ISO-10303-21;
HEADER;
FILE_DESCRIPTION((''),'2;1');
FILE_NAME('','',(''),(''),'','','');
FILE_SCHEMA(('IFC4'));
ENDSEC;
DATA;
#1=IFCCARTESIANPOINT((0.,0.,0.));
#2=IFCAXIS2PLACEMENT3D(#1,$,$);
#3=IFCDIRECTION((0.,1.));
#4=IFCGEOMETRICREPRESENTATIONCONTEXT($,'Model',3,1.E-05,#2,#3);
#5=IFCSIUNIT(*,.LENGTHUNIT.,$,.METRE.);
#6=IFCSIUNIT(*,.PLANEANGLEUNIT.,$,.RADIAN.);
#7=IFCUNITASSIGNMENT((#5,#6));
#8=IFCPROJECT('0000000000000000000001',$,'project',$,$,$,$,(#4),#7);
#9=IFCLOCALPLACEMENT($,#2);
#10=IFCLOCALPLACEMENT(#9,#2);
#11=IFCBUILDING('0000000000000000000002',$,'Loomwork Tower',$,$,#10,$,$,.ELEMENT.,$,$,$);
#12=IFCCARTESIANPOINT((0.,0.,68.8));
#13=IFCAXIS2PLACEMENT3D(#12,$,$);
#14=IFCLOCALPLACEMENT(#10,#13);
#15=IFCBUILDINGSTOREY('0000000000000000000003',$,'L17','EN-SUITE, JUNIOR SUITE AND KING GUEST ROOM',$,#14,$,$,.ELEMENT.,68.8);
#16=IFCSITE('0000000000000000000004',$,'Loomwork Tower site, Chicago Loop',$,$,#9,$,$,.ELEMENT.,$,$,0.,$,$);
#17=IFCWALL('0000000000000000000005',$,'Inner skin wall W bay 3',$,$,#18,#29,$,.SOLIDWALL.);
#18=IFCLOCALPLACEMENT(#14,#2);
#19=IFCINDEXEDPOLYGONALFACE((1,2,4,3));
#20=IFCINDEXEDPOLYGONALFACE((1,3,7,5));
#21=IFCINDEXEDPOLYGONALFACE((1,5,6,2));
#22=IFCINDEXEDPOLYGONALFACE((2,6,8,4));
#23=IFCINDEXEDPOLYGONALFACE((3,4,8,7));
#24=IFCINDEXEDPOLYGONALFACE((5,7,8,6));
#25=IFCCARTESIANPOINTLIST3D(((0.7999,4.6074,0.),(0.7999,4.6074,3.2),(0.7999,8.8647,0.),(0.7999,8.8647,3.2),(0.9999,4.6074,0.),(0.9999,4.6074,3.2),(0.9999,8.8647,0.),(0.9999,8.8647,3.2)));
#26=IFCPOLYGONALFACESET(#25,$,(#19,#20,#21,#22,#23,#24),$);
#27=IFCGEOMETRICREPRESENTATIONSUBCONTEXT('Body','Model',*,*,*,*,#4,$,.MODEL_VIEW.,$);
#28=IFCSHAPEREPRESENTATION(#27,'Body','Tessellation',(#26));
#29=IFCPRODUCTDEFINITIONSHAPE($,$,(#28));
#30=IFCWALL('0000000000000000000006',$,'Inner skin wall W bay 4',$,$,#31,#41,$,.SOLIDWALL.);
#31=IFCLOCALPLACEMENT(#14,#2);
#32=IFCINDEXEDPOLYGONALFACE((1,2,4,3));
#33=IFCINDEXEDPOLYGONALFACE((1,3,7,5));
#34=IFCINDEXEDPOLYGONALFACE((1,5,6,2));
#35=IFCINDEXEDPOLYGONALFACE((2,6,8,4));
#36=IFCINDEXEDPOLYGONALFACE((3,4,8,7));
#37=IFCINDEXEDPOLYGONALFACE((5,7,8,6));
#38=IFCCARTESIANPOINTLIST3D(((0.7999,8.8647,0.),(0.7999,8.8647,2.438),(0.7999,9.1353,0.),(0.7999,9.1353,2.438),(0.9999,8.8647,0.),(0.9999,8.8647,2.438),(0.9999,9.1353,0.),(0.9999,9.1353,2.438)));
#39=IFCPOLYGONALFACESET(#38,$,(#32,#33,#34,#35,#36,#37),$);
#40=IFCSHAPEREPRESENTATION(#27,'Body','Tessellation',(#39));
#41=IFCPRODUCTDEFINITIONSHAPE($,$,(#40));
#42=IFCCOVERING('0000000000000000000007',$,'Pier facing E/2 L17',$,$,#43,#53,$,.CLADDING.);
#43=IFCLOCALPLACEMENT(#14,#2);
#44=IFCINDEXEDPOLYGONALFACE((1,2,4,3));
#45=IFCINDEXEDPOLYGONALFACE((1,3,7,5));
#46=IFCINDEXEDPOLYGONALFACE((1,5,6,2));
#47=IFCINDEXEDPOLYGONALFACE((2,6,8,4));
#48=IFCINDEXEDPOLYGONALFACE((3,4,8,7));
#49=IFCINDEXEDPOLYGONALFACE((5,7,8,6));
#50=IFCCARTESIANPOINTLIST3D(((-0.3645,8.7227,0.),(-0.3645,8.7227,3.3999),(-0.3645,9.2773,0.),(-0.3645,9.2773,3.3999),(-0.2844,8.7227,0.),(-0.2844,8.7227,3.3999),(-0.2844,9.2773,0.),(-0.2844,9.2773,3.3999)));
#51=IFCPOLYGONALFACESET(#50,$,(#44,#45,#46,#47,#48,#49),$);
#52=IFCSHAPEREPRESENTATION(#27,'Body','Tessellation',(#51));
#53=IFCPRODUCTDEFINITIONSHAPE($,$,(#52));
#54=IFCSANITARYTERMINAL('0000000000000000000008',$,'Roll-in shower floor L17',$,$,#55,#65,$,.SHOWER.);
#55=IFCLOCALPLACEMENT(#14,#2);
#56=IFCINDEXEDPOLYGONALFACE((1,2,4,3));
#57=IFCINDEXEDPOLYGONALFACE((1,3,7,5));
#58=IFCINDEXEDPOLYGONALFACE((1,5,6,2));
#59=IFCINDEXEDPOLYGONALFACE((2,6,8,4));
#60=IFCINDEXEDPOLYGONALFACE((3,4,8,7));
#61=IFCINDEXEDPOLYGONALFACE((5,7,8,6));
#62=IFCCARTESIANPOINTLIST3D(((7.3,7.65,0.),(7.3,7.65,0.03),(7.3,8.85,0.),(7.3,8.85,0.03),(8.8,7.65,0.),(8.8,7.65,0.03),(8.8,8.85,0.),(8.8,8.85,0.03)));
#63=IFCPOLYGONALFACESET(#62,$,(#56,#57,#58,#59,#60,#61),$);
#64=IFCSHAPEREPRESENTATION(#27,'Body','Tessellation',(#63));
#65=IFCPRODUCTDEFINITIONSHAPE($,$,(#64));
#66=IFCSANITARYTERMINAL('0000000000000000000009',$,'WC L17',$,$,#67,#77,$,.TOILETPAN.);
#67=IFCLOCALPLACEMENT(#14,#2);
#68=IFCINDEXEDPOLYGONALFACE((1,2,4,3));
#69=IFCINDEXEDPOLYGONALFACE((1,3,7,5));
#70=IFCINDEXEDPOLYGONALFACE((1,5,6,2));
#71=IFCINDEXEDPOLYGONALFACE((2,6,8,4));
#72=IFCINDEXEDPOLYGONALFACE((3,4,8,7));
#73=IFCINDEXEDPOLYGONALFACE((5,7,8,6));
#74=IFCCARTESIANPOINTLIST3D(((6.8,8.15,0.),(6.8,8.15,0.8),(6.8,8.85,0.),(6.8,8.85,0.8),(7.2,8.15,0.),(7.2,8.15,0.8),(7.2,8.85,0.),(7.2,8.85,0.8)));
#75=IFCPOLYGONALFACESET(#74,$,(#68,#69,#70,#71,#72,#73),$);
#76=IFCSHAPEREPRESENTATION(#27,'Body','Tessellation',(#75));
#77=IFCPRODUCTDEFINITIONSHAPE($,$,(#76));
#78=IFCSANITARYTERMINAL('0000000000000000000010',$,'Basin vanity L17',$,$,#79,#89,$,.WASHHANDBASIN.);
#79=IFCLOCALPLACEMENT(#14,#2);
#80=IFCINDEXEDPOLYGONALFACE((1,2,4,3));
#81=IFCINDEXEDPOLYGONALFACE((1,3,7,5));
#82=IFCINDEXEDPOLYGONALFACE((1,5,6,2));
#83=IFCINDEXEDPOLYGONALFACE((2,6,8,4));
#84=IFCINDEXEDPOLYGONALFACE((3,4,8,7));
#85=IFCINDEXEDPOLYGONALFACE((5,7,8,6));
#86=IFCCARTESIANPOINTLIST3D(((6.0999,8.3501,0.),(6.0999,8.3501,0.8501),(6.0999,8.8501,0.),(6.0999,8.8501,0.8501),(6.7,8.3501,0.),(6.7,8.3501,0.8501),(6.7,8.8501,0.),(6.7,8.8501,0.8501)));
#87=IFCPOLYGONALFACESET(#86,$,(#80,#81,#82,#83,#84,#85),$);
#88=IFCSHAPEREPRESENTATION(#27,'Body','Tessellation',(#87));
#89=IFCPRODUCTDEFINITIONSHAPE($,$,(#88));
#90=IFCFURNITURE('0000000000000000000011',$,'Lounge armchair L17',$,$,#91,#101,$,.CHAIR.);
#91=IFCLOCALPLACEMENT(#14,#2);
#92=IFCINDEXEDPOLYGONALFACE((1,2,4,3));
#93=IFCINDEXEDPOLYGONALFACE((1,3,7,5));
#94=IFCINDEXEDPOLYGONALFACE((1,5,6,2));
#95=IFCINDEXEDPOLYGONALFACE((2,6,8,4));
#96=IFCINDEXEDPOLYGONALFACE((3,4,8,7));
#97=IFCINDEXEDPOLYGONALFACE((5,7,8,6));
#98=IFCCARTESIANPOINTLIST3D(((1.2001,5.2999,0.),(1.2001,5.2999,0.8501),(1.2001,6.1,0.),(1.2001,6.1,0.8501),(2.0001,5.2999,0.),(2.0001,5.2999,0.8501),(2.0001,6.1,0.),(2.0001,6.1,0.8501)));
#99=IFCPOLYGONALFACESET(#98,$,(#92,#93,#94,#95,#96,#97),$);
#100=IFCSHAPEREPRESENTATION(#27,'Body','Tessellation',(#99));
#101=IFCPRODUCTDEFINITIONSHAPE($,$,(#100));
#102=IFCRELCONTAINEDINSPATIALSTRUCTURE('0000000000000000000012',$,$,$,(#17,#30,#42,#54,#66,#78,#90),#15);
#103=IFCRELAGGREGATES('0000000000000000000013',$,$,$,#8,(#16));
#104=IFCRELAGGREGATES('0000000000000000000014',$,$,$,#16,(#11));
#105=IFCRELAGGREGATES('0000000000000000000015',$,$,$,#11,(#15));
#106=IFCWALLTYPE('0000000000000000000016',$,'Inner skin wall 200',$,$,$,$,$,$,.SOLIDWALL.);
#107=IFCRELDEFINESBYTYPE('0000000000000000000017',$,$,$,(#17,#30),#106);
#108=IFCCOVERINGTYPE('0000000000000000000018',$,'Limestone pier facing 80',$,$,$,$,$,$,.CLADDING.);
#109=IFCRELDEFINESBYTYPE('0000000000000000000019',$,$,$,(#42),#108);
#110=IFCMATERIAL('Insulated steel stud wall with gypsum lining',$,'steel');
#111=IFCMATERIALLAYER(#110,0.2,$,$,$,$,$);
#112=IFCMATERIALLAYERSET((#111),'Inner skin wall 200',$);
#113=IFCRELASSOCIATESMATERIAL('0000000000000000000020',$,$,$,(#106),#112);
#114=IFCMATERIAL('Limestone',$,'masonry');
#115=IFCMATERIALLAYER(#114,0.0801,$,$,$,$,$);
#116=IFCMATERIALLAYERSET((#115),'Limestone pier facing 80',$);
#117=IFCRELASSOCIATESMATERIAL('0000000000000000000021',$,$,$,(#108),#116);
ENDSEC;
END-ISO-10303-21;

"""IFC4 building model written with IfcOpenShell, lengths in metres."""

from ifc_helpers import new_model, si_unit, direction, frame, frame_2d, origin, origin_2d, place, context, subcontext, project, spatial, rectangle, extrude, material, layer, layer_set, type_object, element, save


model = new_model("IFC4")

# Units and contexts
model_context = context("Model", 3, precision=1e-05, world=origin(), true_north=direction((0.0, 1.0)))
body_context = subcontext(model_context, "Body", "Model", "MODEL_VIEW")
ifc_project = project(units=[si_unit("LENGTHUNIT", "METRE"), si_unit("PLANEANGLEUNIT", "RADIAN")], contexts=[model_context])

# Site, building, storey
site_placement = place(None, origin())
site = spatial("IfcSite", under=ifc_project, at=site_placement, Name="Loomwork Tower site, Chicago Loop", CompositionType="ELEMENT", RefElevation=0.0)
building_placement = place(site_placement, origin())
building = spatial("IfcBuilding", under=site, at=building_placement, Name="Loomwork Tower", CompositionType="ELEMENT")
storey_placement = place(building_placement, frame((0.0, 0.0, 68.8)))
storey = spatial("IfcBuildingStorey", under=building, at=storey_placement, Name="L17", Description="EN-SUITE, JUNIOR SUITE AND KING GUEST ROOM", CompositionType="ELEMENT", Elevation=68.8)

# Walls
ifc_material_1 = material(Name="Insulated steel stud wall with gypsum lining", Category="steel")
ifc_layer_1 = layer(ifc_material_1, 0.2)
ifc_layer_set_1 = layer_set([ifc_layer_1], Name="Inner skin wall 200")
wall_type_1 = type_object("IfcWallType", Name="Inner skin wall 200", PredefinedType="SOLIDWALL", material=ifc_layer_set_1)
wall_1_placement = place(storey_placement, frame((0.8999, 4.6074, 0.0), z_axis=(0.0, 0.0, 1.0), x_axis=(0.0, 1.0, 0.0)))
element("IfcWall", 1, at=wall_1_placement, inside=storey, type_object=wall_type_1, Name="Inner skin wall W bay 3", PredefinedType="SOLIDWALL", context=body_context, shape_type="SweptSolid", body=[
    extrude(rectangle(XDim=4.2573, YDim=0.2, at=frame_2d((2.1287, 0.0))), origin(), (0.0, 0.0, 1.0), 3.2),
])
wall_2_placement = place(storey_placement, frame((0.8999, 8.8647, 0.0), z_axis=(0.0, 0.0, 1.0), x_axis=(0.0, 1.0, 0.0)))
element("IfcWall", 2, at=wall_2_placement, inside=storey, type_object=wall_type_1, Name="Inner skin wall W bay 4", PredefinedType="SOLIDWALL", context=body_context, shape_type="SweptSolid", body=[
    extrude(rectangle(XDim=0.2705, YDim=0.2, at=frame_2d((0.1353, 0.0))), origin(), (0.0, 0.0, 1.0), 2.438),
])

# Covering
ifc_material_2 = material(Name="Limestone", Category="masonry")
ifc_layer_2 = layer(ifc_material_2, 0.0801)
ifc_layer_set_2 = layer_set([ifc_layer_2], Name="Limestone pier facing 80")
covering_type = type_object("IfcCoveringType", Name="Limestone pier facing 80", PredefinedType="CLADDING", material=ifc_layer_set_2)
covering_placement = place(storey_placement, frame((-0.3245, 9.0, 0.0), z_axis=(0.0, 0.0, 1.0), x_axis=(1.0, 0.0, 0.0)))
element("IfcCovering", 3, at=covering_placement, inside=storey, type_object=covering_type, Name="Pier facing E/2 L17", PredefinedType="CLADDING", context=body_context, shape_type="SweptSolid", body=[
    extrude(rectangle(XDim=0.0801, YDim=0.5547, at=origin_2d()), origin(), (0.0, 0.0, 1.0), 3.3999),
])

# Sanitary terminals
sanitary_terminal_1_placement = place(storey_placement, frame((8.05, 8.25, 0.0), z_axis=(0.0, 0.0, 1.0), x_axis=(1.0, 0.0, 0.0)))
element("IfcSanitaryTerminal", 4, at=sanitary_terminal_1_placement, inside=storey, Name="Roll-in shower floor L17", PredefinedType="SHOWER", context=body_context, shape_type="SweptSolid", body=[
    extrude(rectangle(XDim=1.5, YDim=1.2, at=origin_2d()), origin(), (0.0, 0.0, 1.0), 0.03),
])
sanitary_terminal_2_placement = place(storey_placement, frame((7.0, 8.5, 0.0), z_axis=(0.0, 0.0, 1.0), x_axis=(1.0, 0.0, 0.0)))
element("IfcSanitaryTerminal", 5, at=sanitary_terminal_2_placement, inside=storey, Name="WC L17", PredefinedType="TOILETPAN", context=body_context, shape_type="SweptSolid", body=[
    extrude(rectangle(XDim=0.3999, YDim=0.7, at=origin_2d()), origin(), (0.0, 0.0, 1.0), 0.8),
])
sanitary_terminal_3_placement = place(storey_placement, frame((6.3999, 8.6001, 0.0), z_axis=(0.0, 0.0, 1.0), x_axis=(1.0, 0.0, 0.0)))
element("IfcSanitaryTerminal", 6, at=sanitary_terminal_3_placement, inside=storey, Name="Basin vanity L17", PredefinedType="WASHHANDBASIN", context=body_context, shape_type="SweptSolid", body=[
    extrude(rectangle(XDim=0.6001, YDim=0.5, at=origin_2d()), origin(), (0.0, 0.0, 1.0), 0.8501),
])

# Furniture
furniture_placement = place(storey_placement, frame((1.6001, 5.7, 0.0), z_axis=(0.0, 0.0, 1.0), x_axis=(1.0, 0.0, 0.0)))
element("IfcFurniture", 7, at=furniture_placement, inside=storey, Name="Lounge armchair L17", PredefinedType="CHAIR", context=body_context, shape_type="SweptSolid", body=[
    extrude(rectangle(XDim=0.8, YDim=0.8, at=origin_2d()), origin(), (0.0, 0.0, 1.0), 0.8501),
])

save(model, "model.ifc")
